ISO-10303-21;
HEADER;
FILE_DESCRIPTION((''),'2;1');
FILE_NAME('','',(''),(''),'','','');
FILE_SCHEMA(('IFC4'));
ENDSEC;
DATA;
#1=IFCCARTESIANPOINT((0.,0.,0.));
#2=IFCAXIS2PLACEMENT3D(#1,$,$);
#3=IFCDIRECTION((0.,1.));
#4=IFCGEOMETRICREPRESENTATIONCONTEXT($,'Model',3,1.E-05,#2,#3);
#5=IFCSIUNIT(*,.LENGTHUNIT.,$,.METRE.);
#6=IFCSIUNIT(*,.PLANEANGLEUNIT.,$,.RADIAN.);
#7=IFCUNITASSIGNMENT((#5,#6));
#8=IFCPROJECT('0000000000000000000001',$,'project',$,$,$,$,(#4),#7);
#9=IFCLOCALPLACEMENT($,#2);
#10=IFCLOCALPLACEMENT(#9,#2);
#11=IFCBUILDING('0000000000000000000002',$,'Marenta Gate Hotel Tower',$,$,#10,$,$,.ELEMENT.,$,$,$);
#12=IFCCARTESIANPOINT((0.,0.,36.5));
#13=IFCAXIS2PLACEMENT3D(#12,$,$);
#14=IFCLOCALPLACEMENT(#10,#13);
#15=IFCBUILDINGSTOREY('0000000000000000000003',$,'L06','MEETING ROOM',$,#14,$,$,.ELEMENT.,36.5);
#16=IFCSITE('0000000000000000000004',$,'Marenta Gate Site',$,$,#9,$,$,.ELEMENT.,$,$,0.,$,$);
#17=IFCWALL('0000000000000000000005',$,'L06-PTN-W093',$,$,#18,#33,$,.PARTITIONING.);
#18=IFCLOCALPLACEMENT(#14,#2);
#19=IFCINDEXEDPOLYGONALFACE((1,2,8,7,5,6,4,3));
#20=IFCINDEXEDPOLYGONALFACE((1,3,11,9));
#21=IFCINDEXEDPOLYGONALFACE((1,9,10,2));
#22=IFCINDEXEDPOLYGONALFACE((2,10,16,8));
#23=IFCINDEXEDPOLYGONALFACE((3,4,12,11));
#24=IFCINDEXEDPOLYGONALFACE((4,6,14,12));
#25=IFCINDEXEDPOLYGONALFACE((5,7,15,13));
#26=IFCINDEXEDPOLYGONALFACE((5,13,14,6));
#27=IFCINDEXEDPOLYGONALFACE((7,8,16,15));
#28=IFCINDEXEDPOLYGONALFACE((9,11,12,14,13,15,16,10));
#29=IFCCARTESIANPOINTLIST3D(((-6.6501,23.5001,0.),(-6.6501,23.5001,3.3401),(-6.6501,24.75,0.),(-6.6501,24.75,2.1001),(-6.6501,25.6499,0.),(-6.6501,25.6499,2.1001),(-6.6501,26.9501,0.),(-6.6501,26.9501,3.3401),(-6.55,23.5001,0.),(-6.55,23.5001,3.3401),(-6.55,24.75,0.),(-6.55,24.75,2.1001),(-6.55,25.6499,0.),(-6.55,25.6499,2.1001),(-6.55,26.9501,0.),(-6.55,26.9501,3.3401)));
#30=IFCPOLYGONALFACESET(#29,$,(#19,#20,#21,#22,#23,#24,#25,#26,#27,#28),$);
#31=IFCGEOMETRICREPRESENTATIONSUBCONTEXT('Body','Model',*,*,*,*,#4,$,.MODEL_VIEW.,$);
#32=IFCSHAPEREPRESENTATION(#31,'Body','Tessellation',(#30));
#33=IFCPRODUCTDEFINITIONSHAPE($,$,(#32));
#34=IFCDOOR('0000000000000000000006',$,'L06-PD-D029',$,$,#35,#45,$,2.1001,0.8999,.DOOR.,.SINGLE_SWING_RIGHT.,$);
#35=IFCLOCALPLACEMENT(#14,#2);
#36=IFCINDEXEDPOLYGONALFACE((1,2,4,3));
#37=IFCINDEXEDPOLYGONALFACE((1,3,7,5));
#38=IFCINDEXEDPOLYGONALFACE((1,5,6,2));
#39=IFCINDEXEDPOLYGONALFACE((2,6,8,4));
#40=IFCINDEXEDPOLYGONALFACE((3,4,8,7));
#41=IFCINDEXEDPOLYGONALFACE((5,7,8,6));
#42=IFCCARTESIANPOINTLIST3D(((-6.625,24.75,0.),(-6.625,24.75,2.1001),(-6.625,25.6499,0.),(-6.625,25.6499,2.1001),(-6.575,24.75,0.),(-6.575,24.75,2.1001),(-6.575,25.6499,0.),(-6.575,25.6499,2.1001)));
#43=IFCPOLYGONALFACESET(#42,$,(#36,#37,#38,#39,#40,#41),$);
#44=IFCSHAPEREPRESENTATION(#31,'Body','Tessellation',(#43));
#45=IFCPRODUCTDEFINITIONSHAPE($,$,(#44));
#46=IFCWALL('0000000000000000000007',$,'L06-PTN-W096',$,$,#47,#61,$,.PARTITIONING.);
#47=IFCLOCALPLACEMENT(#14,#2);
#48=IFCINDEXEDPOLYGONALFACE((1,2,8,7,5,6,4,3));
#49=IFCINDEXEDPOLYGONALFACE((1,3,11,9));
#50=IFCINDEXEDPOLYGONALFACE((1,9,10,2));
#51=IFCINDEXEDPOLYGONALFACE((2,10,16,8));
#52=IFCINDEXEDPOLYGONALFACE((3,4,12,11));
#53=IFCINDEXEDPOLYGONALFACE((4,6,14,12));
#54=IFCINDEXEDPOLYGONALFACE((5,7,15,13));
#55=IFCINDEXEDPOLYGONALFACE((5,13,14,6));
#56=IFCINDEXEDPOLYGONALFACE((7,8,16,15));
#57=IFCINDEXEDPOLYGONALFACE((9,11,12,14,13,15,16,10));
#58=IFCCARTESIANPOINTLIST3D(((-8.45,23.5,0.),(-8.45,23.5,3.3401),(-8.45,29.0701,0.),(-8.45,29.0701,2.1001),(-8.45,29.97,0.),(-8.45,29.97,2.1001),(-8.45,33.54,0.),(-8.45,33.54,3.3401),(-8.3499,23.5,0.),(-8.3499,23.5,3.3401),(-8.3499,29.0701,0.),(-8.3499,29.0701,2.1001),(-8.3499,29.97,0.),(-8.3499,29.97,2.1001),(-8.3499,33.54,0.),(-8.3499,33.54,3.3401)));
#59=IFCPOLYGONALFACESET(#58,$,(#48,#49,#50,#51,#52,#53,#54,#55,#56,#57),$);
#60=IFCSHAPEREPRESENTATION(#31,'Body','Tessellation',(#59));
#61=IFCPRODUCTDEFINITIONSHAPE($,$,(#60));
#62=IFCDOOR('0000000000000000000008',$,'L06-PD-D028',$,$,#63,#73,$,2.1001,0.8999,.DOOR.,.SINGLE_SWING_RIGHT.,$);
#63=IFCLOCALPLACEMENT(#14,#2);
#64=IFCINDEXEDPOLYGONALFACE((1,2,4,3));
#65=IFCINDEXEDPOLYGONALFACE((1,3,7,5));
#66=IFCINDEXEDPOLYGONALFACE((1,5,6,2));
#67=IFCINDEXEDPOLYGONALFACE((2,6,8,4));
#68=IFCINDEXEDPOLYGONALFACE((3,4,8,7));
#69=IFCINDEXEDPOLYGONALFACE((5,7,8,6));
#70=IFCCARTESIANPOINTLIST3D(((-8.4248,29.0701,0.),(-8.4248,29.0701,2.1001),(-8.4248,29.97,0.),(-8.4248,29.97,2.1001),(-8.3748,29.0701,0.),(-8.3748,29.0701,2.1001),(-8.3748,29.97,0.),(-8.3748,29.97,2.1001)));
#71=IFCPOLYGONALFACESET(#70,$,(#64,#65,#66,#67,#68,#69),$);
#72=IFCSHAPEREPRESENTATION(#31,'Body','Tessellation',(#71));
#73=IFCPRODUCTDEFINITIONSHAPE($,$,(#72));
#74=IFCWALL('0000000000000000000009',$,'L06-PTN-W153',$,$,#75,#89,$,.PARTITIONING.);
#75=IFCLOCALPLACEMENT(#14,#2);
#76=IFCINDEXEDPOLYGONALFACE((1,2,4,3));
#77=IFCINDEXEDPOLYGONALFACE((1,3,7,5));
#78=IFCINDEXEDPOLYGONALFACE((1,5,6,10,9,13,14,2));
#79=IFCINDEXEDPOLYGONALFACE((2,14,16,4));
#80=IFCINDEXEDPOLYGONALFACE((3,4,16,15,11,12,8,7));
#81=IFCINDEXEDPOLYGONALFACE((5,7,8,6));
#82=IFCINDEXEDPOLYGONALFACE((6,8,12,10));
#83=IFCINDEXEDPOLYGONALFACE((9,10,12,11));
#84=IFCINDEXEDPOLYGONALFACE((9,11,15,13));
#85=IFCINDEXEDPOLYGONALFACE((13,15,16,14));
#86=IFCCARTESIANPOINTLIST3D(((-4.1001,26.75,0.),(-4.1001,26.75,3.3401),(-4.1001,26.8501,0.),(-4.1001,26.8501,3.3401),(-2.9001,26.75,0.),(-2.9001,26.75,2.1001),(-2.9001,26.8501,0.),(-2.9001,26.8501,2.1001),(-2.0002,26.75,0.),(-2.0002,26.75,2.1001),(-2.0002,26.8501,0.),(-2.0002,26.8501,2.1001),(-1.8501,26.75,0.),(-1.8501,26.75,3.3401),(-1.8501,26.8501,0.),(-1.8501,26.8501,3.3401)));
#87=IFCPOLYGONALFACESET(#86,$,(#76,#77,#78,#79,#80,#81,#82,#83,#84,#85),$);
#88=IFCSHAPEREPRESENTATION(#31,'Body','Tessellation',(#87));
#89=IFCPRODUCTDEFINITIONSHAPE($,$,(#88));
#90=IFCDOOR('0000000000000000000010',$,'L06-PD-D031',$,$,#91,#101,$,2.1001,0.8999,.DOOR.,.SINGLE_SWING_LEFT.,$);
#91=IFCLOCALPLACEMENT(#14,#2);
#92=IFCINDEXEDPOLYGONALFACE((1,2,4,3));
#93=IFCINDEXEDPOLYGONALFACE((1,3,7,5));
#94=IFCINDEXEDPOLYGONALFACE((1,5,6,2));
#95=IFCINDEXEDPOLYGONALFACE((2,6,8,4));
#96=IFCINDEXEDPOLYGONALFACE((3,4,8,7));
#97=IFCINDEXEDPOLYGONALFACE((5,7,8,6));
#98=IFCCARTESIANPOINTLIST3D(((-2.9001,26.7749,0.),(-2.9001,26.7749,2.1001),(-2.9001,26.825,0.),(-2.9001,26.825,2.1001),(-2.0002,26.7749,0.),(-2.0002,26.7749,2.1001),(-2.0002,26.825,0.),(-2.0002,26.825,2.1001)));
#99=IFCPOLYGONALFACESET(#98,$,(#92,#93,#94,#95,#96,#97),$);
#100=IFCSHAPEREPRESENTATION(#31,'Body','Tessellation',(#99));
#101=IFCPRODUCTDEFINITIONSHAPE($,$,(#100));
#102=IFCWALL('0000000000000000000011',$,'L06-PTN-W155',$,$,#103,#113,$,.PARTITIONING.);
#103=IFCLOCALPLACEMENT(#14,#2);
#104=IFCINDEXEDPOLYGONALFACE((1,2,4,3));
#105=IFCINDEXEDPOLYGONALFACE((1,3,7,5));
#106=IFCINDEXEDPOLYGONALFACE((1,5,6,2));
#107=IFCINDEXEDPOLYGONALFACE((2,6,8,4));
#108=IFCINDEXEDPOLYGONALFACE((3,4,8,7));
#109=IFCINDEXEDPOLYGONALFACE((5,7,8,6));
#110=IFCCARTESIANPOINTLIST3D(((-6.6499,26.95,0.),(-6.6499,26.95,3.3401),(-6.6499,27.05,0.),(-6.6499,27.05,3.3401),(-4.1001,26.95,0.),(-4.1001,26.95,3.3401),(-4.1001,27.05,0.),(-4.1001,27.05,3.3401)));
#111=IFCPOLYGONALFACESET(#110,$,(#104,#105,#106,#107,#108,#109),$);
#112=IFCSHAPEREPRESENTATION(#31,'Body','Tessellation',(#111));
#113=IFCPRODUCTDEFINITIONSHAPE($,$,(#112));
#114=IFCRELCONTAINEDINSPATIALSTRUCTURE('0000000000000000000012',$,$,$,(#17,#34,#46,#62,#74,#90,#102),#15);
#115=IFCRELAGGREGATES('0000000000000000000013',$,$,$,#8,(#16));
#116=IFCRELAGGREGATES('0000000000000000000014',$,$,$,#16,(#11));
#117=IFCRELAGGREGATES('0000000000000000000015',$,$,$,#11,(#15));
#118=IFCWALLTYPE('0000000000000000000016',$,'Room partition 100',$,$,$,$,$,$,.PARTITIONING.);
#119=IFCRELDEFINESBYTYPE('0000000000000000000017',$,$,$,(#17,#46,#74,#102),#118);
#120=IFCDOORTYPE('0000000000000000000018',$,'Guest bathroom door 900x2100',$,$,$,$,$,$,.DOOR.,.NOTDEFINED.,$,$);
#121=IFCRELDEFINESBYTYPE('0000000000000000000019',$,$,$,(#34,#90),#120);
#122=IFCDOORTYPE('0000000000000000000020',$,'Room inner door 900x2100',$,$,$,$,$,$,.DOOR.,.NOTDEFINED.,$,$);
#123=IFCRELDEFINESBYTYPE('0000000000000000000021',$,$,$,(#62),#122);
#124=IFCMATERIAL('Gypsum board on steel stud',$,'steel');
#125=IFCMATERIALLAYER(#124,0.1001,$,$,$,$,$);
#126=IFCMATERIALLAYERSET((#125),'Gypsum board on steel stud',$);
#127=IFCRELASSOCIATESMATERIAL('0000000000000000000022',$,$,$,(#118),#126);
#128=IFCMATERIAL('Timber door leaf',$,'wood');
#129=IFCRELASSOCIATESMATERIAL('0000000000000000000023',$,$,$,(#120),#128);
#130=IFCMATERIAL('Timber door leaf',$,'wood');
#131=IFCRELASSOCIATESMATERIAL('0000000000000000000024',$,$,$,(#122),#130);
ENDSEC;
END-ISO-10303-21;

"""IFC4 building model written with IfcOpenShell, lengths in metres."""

from ifc_helpers import new_model, si_unit, direction, frame, frame_2d, origin, place, context, subcontext, project, spatial, rectangle, extrude, material, layer, layer_set, type_object, element, fill, save


model = new_model("IFC4")

# Units and contexts
model_context = context("Model", 3, precision=1e-05, world=origin(), true_north=direction((0.0, 1.0)))
body_context = subcontext(model_context, "Body", "Model", "MODEL_VIEW")
ifc_project = project(units=[si_unit("LENGTHUNIT", "METRE"), si_unit("PLANEANGLEUNIT", "RADIAN")], contexts=[model_context])

# Site, building, storey
site_placement = place(None, origin())
site = spatial("IfcSite", under=ifc_project, at=site_placement, Name="Marenta Gate Site", CompositionType="ELEMENT", RefElevation=0.0)
building_placement = place(site_placement, origin())
building = spatial("IfcBuilding", under=site, at=building_placement, Name="Marenta Gate Hotel Tower", CompositionType="ELEMENT")
storey_placement = place(building_placement, frame((0.0, 0.0, 36.5)))
storey = spatial("IfcBuildingStorey", under=building, at=storey_placement, Name="L06", Description="MEETING ROOM", CompositionType="ELEMENT", Elevation=36.5)

# Shared definitions
ifc_material_1 = material(Name="Gypsum board on steel stud", Category="steel")
ifc_layer_1 = layer(ifc_material_1, 0.1001)
ifc_layer_set_1 = layer_set([ifc_layer_1], Name="Gypsum board on steel stud")
wall_type_1 = type_object("IfcWallType", Name="Room partition 100", PredefinedType="PARTITIONING", material=ifc_layer_set_1)

# Walls, openings, doors
wall_1_placement = place(storey_placement, frame((-6.6001, 23.5, 0.0), z_axis=(0.0, 0.0, 1.0), x_axis=(0.0, 1.0, 0.0)))
wall_1 = element("IfcWall", 1, at=wall_1_placement, inside=storey, type_object=wall_type_1, Name="L06-PTN-W093", PredefinedType="PARTITIONING", context=body_context, shape_type="SweptSolid", body=[
    extrude(rectangle(XDim=3.45, YDim=0.1001, at=frame_2d((1.7251, 0.0))), origin(), (0.0, 0.0, 1.0), 3.3401),
])
opening_1_placement = place(wall_1_placement, frame((1.25, 0.0, 0.0)))
opening_1 = element("IfcOpeningElement", 2, at=opening_1_placement, cuts=wall_1, PredefinedType="OPENING", context=body_context, shape_type="SweptSolid", body=[
    extrude(rectangle(XDim=0.8999, YDim=2.1001, at=frame_2d((0.45, 1.05))), frame((0.0, 0.05, 0.0), z_axis=(0.0, -1.0, 0.0), x_axis=(1.0, 0.0, 0.0)), (0.0, 0.0, 1.0), 0.1001),
])
ifc_material_2 = material(Name="Timber door leaf", Category="wood")
door_type_1 = type_object("IfcDoorType", Name="Guest bathroom door 900x2100", OperationType="NOTDEFINED", PredefinedType="DOOR", material=ifc_material_2)
door_1_placement = place(opening_1_placement, origin())
door_1 = element("IfcDoor", 3, at=door_1_placement, inside=storey, type_object=door_type_1, Name="L06-PD-D029", OperationType="SINGLE_SWING_RIGHT", OverallHeight=2.1001, OverallWidth=0.8999, PredefinedType="DOOR", context=body_context, shape_type="SweptSolid", body=[
    extrude(rectangle(XDim=0.8999, YDim=2.1001, at=frame_2d((0.45, 1.05))), frame((0.0, 0.0249, 0.0), z_axis=(0.0, -1.0, 0.0), x_axis=(1.0, 0.0, 0.0)), (0.0, 0.0, 1.0), 0.05),
])
fill(opening_1, door_1)
wall_2_placement = place(storey_placement, frame((-8.3999, 23.5, 0.0), z_axis=(0.0, 0.0, 1.0), x_axis=(0.0, 1.0, 0.0)))
wall_2 = element("IfcWall", 4, at=wall_2_placement, inside=storey, type_object=wall_type_1, Name="L06-PTN-W096", PredefinedType="PARTITIONING", context=body_context, shape_type="SweptSolid", body=[
    extrude(rectangle(XDim=10.04, YDim=0.1001, at=frame_2d((5.02, 0.0))), origin(), (0.0, 0.0, 1.0), 3.3401),
])
opening_2_placement = place(wall_2_placement, frame((5.5701, 0.0, 0.0)))
opening_2 = element("IfcOpeningElement", 5, at=opening_2_placement, cuts=wall_2, PredefinedType="OPENING", context=body_context, shape_type="SweptSolid", body=[
    extrude(rectangle(XDim=0.8999, YDim=2.1001, at=frame_2d((0.45, 1.05))), frame((0.0, 0.05, 0.0), z_axis=(0.0, -1.0, 0.0), x_axis=(1.0, 0.0, 0.0)), (0.0, 0.0, 1.0), 0.1001),
])
ifc_material_3 = material(Name="Timber door leaf", Category="wood")
door_type_2 = type_object("IfcDoorType", Name="Room inner door 900x2100", OperationType="NOTDEFINED", PredefinedType="DOOR", material=ifc_material_3)
door_2_placement = place(opening_2_placement, origin())
door_2 = element("IfcDoor", 6, at=door_2_placement, inside=storey, type_object=door_type_2, Name="L06-PD-D028", OperationType="SINGLE_SWING_RIGHT", OverallHeight=2.1001, OverallWidth=0.8999, PredefinedType="DOOR", context=body_context, shape_type="SweptSolid", body=[
    extrude(rectangle(XDim=0.8999, YDim=2.1001, at=frame_2d((0.45, 1.05))), frame((0.0, 0.0249, 0.0), z_axis=(0.0, -1.0, 0.0), x_axis=(1.0, 0.0, 0.0)), (0.0, 0.0, 1.0), 0.05),
])
fill(opening_2, door_2)
wall_3_placement = place(storey_placement, frame((-4.1001, 26.8, 0.0), z_axis=(0.0, 0.0, 1.0), x_axis=(1.0, 0.0, 0.0)))
wall_3 = element("IfcWall", 7, at=wall_3_placement, inside=storey, type_object=wall_type_1, Name="L06-PTN-W153", PredefinedType="PARTITIONING", context=body_context, shape_type="SweptSolid", body=[
    extrude(rectangle(XDim=2.25, YDim=0.1001, at=frame_2d((1.125, 0.0))), origin(), (0.0, 0.0, 1.0), 3.3401),
])
opening_3_placement = place(wall_3_placement, frame((1.2, 0.0, 0.0)))
opening_3 = element("IfcOpeningElement", 8, at=opening_3_placement, cuts=wall_3, PredefinedType="OPENING", context=body_context, shape_type="SweptSolid", body=[
    extrude(rectangle(XDim=0.8999, YDim=2.1001, at=frame_2d((0.45, 1.05))), frame((0.0, 0.05, 0.0), z_axis=(0.0, -1.0, 0.0), x_axis=(1.0, 0.0, 0.0)), (0.0, 0.0, 1.0), 0.1001),
])
door_3_placement = place(opening_3_placement, origin())
door_3 = element("IfcDoor", 9, at=door_3_placement, inside=storey, type_object=door_type_1, Name="L06-PD-D031", OperationType="SINGLE_SWING_LEFT", OverallHeight=2.1001, OverallWidth=0.8999, PredefinedType="DOOR", context=body_context, shape_type="SweptSolid", body=[
    extrude(rectangle(XDim=0.8999, YDim=2.1001, at=frame_2d((0.45, 1.05))), frame((0.0, 0.0249, 0.0), z_axis=(0.0, -1.0, 0.0), x_axis=(1.0, 0.0, 0.0)), (0.0, 0.0, 1.0), 0.05),
])
fill(opening_3, door_3)

# Wall
wall_4_placement = place(storey_placement, frame((-6.6499, 27.0, 0.0), z_axis=(0.0, 0.0, 1.0), x_axis=(1.0, 0.0, 0.0)))
element("IfcWall", 10, at=wall_4_placement, inside=storey, type_object=wall_type_1, Name="L06-PTN-W155", PredefinedType="PARTITIONING", context=body_context, shape_type="SweptSolid", body=[
    extrude(rectangle(XDim=2.5498, YDim=0.1001, at=frame_2d((1.2749, 0.0))), origin(), (0.0, 0.0, 1.0), 3.3401),
])

save(model, "model.ifc")
